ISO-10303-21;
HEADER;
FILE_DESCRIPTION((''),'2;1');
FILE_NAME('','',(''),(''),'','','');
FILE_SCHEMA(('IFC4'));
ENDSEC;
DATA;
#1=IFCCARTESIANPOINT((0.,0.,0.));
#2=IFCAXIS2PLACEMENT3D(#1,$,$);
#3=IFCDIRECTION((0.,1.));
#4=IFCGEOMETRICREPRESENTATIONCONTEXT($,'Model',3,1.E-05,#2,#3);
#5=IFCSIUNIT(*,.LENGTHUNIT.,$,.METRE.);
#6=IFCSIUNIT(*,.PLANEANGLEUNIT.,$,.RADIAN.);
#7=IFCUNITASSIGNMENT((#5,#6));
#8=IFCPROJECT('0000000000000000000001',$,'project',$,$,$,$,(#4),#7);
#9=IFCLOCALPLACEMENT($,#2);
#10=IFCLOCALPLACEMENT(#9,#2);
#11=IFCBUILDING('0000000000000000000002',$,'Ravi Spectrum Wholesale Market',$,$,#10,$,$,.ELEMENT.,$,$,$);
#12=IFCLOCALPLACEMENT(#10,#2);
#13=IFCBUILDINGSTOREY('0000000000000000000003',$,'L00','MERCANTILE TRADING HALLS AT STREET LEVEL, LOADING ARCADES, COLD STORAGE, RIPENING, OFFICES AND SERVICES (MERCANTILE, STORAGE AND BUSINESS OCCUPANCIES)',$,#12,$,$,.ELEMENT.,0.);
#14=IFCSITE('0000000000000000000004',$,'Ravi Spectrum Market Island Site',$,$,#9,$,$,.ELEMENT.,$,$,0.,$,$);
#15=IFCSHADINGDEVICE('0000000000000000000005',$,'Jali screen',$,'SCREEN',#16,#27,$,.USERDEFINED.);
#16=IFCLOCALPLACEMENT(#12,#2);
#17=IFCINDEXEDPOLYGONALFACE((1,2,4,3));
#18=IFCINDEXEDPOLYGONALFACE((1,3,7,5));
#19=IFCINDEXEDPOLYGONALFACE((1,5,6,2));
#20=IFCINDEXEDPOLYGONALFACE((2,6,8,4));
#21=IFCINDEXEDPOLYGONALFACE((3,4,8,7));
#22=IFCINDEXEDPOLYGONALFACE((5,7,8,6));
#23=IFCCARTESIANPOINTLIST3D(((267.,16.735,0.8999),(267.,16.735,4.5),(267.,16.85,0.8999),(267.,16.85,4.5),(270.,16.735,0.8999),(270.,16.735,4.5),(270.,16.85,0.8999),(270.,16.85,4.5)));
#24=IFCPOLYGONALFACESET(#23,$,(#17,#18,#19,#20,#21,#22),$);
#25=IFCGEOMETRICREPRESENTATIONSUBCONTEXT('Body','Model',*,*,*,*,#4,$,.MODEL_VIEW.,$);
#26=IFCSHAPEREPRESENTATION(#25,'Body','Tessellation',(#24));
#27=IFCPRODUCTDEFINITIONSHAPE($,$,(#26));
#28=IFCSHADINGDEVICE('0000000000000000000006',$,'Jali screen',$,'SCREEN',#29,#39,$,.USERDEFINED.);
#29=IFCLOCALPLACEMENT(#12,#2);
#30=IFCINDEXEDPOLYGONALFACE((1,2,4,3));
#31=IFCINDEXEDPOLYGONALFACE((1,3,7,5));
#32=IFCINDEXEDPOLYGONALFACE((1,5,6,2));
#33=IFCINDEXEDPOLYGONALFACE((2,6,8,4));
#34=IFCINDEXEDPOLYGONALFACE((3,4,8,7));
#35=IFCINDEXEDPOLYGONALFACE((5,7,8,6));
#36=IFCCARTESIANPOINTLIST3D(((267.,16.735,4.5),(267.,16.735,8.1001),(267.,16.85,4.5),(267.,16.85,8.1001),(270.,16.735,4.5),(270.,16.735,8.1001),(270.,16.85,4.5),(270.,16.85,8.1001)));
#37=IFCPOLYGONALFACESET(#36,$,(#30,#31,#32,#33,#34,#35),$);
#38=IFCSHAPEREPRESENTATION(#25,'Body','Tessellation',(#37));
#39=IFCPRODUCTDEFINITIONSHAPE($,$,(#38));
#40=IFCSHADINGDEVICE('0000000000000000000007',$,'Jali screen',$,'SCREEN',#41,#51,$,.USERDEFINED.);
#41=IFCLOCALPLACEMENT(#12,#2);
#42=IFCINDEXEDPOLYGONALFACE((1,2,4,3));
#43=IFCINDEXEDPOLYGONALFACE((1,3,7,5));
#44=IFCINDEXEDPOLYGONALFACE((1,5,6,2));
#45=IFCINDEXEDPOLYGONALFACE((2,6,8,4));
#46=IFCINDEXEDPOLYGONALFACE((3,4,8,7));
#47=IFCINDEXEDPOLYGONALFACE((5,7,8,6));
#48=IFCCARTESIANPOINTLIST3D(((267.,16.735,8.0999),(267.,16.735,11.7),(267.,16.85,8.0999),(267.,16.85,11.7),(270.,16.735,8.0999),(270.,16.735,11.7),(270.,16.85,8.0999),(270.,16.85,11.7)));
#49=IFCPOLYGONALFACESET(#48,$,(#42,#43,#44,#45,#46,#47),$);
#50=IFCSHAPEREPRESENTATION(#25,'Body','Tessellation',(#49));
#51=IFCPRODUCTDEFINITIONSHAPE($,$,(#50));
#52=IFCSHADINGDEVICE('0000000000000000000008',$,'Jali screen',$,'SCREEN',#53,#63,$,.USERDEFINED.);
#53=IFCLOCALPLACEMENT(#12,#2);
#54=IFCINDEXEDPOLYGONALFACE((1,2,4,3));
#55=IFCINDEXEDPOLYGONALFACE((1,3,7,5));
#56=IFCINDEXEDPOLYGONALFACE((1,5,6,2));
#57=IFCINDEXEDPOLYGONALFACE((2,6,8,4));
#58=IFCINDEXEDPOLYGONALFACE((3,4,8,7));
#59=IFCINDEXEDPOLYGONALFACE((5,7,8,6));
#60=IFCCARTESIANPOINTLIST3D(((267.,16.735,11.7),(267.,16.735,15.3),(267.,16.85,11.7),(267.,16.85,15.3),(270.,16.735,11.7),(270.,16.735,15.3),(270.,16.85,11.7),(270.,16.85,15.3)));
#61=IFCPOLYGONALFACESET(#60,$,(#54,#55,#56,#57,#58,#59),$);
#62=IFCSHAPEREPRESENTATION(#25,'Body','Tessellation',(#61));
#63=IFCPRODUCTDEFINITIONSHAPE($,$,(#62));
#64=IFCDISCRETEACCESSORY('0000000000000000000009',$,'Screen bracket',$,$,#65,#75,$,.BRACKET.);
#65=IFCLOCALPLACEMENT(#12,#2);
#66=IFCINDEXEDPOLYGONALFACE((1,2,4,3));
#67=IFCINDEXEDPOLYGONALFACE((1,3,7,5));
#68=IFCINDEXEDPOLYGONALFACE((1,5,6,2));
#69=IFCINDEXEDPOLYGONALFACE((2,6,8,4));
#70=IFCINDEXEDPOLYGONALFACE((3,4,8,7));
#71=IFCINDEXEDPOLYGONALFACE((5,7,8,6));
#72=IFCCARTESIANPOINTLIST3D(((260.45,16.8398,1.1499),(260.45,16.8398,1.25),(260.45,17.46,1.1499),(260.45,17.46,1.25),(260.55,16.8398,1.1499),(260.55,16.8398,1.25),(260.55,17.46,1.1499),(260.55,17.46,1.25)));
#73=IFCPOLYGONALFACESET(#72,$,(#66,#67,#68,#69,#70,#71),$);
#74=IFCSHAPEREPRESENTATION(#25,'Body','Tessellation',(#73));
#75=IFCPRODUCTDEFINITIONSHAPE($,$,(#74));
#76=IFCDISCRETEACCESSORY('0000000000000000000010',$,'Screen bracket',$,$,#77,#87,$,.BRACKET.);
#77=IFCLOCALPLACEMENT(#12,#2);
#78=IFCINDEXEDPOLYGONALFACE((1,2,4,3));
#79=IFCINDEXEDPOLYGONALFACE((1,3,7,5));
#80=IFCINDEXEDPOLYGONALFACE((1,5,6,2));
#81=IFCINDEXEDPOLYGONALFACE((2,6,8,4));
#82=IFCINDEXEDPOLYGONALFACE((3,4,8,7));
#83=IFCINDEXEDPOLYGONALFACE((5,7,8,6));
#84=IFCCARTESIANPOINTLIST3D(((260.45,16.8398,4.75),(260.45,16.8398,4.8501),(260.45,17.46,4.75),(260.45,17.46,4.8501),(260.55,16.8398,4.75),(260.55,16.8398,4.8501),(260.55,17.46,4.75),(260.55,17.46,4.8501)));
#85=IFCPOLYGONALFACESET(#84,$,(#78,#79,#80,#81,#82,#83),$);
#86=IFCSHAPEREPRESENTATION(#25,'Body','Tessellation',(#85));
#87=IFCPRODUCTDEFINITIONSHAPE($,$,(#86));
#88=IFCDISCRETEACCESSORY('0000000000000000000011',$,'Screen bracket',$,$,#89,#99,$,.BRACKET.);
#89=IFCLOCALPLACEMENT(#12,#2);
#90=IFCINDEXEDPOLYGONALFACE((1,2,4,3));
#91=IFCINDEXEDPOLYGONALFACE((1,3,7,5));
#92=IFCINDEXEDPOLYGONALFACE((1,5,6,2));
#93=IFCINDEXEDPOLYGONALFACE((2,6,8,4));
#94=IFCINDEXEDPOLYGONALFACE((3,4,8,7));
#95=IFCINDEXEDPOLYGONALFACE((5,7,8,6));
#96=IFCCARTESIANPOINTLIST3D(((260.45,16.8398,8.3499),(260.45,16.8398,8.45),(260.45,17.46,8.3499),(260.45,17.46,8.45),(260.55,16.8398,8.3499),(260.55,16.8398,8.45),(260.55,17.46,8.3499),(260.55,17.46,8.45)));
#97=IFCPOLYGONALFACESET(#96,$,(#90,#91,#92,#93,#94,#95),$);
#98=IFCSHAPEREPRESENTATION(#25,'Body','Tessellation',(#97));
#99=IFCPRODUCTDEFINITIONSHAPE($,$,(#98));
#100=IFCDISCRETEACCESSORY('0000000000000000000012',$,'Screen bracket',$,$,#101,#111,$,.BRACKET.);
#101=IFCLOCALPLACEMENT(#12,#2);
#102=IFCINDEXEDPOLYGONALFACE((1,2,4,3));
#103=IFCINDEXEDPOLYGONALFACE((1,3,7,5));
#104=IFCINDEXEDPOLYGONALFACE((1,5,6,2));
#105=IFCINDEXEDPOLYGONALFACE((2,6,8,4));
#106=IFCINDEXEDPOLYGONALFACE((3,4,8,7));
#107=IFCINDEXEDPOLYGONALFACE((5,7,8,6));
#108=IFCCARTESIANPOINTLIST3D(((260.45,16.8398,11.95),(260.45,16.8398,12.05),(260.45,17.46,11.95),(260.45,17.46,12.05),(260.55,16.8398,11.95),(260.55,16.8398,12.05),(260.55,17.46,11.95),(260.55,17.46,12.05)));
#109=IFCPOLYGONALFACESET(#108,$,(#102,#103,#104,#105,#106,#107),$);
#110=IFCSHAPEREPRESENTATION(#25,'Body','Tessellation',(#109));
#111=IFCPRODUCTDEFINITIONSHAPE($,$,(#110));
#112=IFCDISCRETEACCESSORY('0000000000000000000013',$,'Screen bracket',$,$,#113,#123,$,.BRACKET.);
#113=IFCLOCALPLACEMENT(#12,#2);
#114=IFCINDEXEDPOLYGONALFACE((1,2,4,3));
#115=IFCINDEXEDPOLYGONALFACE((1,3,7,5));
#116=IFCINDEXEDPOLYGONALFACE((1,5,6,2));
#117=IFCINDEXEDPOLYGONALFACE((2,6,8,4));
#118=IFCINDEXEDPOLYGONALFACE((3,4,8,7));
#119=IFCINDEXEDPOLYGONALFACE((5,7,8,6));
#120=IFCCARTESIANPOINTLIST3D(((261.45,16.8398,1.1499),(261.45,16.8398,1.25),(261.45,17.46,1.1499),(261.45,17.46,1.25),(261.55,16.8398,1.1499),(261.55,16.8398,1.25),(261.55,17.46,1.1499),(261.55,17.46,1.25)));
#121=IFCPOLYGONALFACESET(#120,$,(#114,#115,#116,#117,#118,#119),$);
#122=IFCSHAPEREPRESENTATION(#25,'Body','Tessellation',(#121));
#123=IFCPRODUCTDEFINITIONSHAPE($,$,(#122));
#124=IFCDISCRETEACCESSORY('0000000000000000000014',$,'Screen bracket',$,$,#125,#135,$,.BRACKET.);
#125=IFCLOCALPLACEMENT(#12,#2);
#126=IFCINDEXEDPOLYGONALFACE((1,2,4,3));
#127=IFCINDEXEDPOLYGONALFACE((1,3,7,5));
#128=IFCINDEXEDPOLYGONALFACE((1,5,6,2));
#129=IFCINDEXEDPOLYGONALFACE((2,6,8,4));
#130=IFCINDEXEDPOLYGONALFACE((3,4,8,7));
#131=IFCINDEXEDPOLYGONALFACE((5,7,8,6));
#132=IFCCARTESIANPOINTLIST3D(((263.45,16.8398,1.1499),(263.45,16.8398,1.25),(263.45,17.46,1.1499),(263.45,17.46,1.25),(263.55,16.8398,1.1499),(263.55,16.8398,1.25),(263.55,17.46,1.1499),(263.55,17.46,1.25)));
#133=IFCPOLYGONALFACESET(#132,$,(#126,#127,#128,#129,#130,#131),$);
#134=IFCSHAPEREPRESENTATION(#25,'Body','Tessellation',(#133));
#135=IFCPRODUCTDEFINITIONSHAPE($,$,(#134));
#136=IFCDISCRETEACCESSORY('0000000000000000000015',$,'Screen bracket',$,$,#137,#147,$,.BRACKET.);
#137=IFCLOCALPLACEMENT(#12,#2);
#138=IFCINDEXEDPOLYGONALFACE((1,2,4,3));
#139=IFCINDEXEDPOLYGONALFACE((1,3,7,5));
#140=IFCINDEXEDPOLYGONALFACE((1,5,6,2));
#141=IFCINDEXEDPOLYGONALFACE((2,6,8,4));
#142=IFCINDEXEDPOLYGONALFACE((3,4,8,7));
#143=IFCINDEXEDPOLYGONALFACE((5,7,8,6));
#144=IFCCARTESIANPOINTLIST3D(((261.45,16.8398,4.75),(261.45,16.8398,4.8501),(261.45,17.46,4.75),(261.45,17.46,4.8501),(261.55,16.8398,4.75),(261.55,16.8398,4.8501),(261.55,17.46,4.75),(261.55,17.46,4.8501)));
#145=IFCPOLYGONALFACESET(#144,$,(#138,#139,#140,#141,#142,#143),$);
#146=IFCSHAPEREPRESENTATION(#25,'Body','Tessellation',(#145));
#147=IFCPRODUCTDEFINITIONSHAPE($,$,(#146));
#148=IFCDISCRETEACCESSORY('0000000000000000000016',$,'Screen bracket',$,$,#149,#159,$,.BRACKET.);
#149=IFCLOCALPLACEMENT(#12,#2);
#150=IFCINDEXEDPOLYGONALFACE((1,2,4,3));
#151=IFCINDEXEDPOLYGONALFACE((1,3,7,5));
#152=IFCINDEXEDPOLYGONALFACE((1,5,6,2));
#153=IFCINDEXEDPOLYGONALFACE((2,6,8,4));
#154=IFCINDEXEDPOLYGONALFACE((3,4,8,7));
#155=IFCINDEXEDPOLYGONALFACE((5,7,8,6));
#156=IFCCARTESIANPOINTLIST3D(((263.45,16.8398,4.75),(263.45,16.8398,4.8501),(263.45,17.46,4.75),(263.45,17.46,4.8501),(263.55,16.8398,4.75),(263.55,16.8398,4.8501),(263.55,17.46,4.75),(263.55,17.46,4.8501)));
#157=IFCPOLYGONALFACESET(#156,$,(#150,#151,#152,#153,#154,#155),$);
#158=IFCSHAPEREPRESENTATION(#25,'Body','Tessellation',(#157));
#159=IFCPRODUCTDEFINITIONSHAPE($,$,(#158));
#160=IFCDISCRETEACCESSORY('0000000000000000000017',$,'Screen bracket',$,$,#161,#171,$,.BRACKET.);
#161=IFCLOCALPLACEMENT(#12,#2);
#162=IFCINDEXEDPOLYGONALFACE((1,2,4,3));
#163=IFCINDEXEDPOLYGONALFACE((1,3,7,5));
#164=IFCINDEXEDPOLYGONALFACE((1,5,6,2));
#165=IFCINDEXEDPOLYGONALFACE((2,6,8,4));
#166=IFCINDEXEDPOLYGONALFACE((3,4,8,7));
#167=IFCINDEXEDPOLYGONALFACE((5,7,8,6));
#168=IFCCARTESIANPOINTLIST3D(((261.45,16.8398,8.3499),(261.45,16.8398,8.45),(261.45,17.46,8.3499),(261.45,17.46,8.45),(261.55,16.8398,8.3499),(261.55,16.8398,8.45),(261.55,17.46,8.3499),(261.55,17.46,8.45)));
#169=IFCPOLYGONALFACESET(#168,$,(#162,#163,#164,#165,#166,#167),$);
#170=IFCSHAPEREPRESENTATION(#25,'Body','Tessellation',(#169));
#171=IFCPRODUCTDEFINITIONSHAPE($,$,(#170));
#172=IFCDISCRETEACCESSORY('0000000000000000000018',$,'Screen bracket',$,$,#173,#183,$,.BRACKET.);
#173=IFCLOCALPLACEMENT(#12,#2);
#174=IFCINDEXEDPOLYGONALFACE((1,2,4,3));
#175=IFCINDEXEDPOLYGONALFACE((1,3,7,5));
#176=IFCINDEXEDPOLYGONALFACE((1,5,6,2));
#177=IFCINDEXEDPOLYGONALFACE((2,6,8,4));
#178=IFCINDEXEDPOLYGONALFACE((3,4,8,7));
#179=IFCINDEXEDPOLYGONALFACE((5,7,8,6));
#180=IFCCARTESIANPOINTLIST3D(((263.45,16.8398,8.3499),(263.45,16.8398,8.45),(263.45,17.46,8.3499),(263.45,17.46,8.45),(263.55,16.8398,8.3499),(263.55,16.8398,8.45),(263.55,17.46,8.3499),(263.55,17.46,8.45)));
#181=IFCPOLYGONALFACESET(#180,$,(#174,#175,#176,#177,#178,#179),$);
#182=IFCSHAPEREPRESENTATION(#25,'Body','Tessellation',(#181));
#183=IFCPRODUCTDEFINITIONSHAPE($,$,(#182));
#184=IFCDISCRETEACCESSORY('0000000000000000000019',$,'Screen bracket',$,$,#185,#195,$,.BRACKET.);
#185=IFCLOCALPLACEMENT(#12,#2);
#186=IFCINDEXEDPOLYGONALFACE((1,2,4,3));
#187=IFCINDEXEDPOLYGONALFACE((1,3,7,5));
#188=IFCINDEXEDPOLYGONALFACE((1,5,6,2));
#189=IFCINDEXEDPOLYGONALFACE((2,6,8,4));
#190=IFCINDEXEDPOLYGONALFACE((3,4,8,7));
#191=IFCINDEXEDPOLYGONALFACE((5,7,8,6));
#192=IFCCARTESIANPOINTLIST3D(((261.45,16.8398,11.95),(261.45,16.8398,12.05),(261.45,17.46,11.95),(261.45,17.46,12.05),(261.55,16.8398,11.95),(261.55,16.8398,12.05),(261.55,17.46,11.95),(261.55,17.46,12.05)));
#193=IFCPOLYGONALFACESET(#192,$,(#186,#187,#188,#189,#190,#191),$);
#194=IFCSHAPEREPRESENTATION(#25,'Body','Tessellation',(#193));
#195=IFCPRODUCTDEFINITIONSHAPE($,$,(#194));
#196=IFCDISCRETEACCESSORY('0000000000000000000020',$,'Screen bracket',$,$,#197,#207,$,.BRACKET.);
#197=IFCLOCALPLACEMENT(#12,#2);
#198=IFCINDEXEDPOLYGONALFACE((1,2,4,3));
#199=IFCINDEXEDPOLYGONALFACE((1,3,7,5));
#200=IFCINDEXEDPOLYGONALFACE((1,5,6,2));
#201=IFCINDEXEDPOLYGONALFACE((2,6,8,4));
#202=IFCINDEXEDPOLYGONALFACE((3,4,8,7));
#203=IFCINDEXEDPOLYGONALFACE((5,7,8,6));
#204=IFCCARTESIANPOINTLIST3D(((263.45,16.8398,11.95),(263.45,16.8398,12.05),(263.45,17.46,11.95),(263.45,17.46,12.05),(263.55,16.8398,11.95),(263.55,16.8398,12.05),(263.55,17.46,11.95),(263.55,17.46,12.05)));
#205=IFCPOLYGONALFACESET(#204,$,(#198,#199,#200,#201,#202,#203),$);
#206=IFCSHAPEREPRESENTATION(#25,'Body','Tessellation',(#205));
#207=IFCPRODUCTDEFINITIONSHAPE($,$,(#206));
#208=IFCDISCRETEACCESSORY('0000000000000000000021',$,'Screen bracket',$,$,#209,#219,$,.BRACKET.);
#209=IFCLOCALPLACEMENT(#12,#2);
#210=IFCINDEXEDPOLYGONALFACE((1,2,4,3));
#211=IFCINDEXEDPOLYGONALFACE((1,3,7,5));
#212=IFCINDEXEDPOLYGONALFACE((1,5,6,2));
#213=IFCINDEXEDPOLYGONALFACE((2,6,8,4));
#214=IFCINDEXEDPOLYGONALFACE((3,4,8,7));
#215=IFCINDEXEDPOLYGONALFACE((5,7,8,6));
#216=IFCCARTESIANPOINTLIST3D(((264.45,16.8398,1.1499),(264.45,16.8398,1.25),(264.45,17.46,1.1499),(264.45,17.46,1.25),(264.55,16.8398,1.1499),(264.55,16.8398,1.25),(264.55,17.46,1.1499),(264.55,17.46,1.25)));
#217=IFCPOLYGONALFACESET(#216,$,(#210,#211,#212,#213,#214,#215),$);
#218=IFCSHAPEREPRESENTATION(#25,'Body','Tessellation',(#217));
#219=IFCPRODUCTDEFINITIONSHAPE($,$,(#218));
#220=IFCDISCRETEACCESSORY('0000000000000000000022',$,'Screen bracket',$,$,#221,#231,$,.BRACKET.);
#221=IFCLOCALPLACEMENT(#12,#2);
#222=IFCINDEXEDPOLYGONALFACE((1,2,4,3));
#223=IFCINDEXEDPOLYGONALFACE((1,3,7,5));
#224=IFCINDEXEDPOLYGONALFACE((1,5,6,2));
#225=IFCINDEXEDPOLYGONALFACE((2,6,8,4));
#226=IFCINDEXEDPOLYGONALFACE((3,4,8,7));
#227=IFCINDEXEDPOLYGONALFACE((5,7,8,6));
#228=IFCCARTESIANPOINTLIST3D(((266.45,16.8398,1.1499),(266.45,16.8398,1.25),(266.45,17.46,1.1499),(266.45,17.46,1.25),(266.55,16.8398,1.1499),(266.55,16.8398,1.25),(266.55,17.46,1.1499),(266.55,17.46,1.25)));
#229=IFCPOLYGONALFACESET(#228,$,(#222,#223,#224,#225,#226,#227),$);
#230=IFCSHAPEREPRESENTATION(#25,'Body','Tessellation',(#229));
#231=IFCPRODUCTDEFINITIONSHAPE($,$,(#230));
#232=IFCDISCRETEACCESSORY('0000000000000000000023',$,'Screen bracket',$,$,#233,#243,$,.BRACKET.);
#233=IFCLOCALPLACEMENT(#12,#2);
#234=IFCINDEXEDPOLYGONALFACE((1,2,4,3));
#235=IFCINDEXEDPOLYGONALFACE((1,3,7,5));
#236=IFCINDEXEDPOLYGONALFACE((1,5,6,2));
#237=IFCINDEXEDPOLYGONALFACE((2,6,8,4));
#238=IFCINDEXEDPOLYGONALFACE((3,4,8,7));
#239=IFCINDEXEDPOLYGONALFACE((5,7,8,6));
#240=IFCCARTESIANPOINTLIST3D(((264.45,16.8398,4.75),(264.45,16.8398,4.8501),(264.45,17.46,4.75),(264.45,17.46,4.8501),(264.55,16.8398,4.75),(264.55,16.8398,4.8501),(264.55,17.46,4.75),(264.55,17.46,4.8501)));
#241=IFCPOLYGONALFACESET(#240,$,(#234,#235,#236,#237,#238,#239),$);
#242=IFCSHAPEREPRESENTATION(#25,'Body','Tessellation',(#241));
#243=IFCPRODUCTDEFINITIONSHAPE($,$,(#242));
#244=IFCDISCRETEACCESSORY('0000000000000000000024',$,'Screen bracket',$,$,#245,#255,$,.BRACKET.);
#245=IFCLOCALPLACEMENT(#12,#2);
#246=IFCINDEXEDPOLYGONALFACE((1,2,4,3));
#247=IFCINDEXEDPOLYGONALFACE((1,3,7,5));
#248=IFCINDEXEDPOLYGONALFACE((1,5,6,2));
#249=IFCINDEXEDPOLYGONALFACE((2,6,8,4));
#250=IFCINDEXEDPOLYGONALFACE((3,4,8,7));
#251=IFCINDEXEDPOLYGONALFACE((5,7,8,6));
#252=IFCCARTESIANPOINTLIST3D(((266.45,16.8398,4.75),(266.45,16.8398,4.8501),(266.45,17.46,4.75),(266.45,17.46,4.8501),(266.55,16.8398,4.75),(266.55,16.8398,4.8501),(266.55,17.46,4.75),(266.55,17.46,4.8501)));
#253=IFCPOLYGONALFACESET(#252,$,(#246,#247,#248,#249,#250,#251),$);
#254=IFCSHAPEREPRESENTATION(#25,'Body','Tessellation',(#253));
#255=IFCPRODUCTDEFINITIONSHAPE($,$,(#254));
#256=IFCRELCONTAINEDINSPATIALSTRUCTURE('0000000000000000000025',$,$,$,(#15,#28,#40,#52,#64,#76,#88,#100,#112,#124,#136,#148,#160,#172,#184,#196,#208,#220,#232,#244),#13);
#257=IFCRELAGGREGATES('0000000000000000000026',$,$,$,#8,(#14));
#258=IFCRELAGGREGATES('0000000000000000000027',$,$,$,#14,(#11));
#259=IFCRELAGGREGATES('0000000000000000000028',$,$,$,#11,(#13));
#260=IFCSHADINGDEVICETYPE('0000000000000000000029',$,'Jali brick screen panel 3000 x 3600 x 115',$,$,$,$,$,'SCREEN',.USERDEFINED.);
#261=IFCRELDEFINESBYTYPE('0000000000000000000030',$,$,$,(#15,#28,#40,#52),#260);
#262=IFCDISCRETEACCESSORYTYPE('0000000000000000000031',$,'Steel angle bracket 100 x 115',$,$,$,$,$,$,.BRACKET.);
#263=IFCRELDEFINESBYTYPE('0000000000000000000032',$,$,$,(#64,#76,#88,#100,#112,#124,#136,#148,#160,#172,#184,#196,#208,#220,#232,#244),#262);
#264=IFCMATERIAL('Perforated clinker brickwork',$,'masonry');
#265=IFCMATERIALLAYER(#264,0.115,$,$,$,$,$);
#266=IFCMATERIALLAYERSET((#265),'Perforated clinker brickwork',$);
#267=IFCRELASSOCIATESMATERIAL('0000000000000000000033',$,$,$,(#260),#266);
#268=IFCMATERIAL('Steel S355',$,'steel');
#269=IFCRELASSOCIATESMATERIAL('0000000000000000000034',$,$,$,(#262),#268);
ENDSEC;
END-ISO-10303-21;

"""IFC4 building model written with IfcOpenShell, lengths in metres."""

from ifc_helpers import new_model, si_unit, direction, frame, origin, origin_2d, place, context, subcontext, project, spatial, rectangle, extrude, material, layer, layer_set, type_object, element, save


model = new_model("IFC4")

# Units and contexts
model_context = context("Model", 3, precision=1e-05, world=origin(), true_north=direction((0.0, 1.0)))
body_context = subcontext(model_context, "Body", "Model", "MODEL_VIEW")
ifc_project = project(units=[si_unit("LENGTHUNIT", "METRE"), si_unit("PLANEANGLEUNIT", "RADIAN")], contexts=[model_context])

# Site, building, storey
site_placement = place(None, origin())
site = spatial("IfcSite", under=ifc_project, at=site_placement, Name="Ravi Spectrum Market Island Site", CompositionType="ELEMENT", RefElevation=0.0)
building_placement = place(site_placement, origin())
building = spatial("IfcBuilding", under=site, at=building_placement, Name="Ravi Spectrum Wholesale Market", CompositionType="ELEMENT")
storey_placement = place(building_placement, origin())
storey = spatial("IfcBuildingStorey", under=building, at=storey_placement, Name="L00", Description="MERCANTILE TRADING HALLS AT STREET LEVEL, LOADING ARCADES, COLD STORAGE, RIPENING, OFFICES AND SERVICES (MERCANTILE, STORAGE AND BUSINESS OCCUPANCIES)", CompositionType="ELEMENT", Elevation=0.0)

# Shading devices
ifc_material_1 = material(Name="Perforated clinker brickwork", Category="masonry")
ifc_layer = layer(ifc_material_1, 0.115)
ifc_layer_set = layer_set([ifc_layer], Name="Perforated clinker brickwork")
shading_device_type = type_object("IfcShadingDeviceType", Name="Jali brick screen panel 3000 x 3600 x 115", ElementType="SCREEN", PredefinedType="USERDEFINED", material=ifc_layer_set)
for number, where, z_axis, x_axis, name in (
    (1, (268.5, 16.7925, 0.8999), (0.0, 0.0, 1.0), (1.0, 0.0, 0.0), "Jali screen"),
    (2, (268.5, 16.7925, 4.5), (0.0, 0.0, 1.0), (1.0, 0.0, 0.0), "Jali screen"),
    (3, (268.5, 16.7925, 8.0999), (0.0, 0.0, 1.0), (1.0, 0.0, 0.0), "Jali screen"),
    (4, (268.5, 16.7925, 11.7), (0.0, 0.0, 1.0), (1.0, 0.0, 0.0), "Jali screen"),
):
    element("IfcShadingDevice", number, at=place(storey_placement, frame(where, z_axis=z_axis, x_axis=x_axis)), inside=storey, type_object=shading_device_type, Name=name, ObjectType="SCREEN", PredefinedType="USERDEFINED", context=body_context, shape_type="SweptSolid", body=[
        extrude(rectangle(XDim=3.0, YDim=0.115, at=origin_2d()), origin(), (0.0, 0.0, 1.0), 3.6001),
    ])

# Discrete accessories
ifc_material_2 = material(Name="Steel S355", Category="steel")
discrete_accessory_type = type_object("IfcDiscreteAccessoryType", Name="Steel angle bracket 100 x 115", PredefinedType="BRACKET", material=ifc_material_2)
for number, where, z_axis, x_axis, name in (
    (5, (260.5, 17.1499, 1.1499), (0.0, 0.0, 1.0), (1.0, 0.0, 0.0), "Screen bracket"),
    (6, (260.5, 17.1499, 4.75), (0.0, 0.0, 1.0), (1.0, 0.0, 0.0), "Screen bracket"),
    (7, (260.5, 17.1499, 8.3499), (0.0, 0.0, 1.0), (1.0, 0.0, 0.0), "Screen bracket"),
    (8, (260.5, 17.1499, 11.95), (0.0, 0.0, 1.0), (1.0, 0.0, 0.0), "Screen bracket"),
    (9, (261.5, 17.1499, 1.1499), (0.0, 0.0, 1.0), (1.0, 0.0, 0.0), "Screen bracket"),
    (10, (263.5, 17.1499, 1.1499), (0.0, 0.0, 1.0), (1.0, 0.0, 0.0), "Screen bracket"),
    (11, (261.5, 17.1499, 4.75), (0.0, 0.0, 1.0), (1.0, 0.0, 0.0), "Screen bracket"),
    (12, (263.5, 17.1499, 4.75), (0.0, 0.0, 1.0), (1.0, 0.0, 0.0), "Screen bracket"),
    (13, (261.5, 17.1499, 8.3499), (0.0, 0.0, 1.0), (1.0, 0.0, 0.0), "Screen bracket"),
    (14, (263.5, 17.1499, 8.3499), (0.0, 0.0, 1.0), (1.0, 0.0, 0.0), "Screen bracket"),
    (15, (261.5, 17.1499, 11.95), (0.0, 0.0, 1.0), (1.0, 0.0, 0.0), "Screen bracket"),
    (16, (263.5, 17.1499, 11.95), (0.0, 0.0, 1.0), (1.0, 0.0, 0.0), "Screen bracket"),
    (17, (264.5, 17.1499, 1.1499), (0.0, 0.0, 1.0), (1.0, 0.0, 0.0), "Screen bracket"),
    (18, (266.5, 17.1499, 1.1499), (0.0, 0.0, 1.0), (1.0, 0.0, 0.0), "Screen bracket"),
    (19, (264.5, 17.1499, 4.75), (0.0, 0.0, 1.0), (1.0, 0.0, 0.0), "Screen bracket"),
    (20, (266.5, 17.1499, 4.75), (0.0, 0.0, 1.0), (1.0, 0.0, 0.0), "Screen bracket"),
):
    element("IfcDiscreteAccessory", number, at=place(storey_placement, frame(where, z_axis=z_axis, x_axis=x_axis)), inside=storey, type_object=discrete_accessory_type, Name=name, PredefinedType="BRACKET", context=body_context, shape_type="SweptSolid", body=[
        extrude(rectangle(XDim=0.1001, YDim=0.6201, at=origin_2d()), origin(), (0.0, 0.0, 1.0), 0.1001),
    ])

save(model, "model.ifc")
